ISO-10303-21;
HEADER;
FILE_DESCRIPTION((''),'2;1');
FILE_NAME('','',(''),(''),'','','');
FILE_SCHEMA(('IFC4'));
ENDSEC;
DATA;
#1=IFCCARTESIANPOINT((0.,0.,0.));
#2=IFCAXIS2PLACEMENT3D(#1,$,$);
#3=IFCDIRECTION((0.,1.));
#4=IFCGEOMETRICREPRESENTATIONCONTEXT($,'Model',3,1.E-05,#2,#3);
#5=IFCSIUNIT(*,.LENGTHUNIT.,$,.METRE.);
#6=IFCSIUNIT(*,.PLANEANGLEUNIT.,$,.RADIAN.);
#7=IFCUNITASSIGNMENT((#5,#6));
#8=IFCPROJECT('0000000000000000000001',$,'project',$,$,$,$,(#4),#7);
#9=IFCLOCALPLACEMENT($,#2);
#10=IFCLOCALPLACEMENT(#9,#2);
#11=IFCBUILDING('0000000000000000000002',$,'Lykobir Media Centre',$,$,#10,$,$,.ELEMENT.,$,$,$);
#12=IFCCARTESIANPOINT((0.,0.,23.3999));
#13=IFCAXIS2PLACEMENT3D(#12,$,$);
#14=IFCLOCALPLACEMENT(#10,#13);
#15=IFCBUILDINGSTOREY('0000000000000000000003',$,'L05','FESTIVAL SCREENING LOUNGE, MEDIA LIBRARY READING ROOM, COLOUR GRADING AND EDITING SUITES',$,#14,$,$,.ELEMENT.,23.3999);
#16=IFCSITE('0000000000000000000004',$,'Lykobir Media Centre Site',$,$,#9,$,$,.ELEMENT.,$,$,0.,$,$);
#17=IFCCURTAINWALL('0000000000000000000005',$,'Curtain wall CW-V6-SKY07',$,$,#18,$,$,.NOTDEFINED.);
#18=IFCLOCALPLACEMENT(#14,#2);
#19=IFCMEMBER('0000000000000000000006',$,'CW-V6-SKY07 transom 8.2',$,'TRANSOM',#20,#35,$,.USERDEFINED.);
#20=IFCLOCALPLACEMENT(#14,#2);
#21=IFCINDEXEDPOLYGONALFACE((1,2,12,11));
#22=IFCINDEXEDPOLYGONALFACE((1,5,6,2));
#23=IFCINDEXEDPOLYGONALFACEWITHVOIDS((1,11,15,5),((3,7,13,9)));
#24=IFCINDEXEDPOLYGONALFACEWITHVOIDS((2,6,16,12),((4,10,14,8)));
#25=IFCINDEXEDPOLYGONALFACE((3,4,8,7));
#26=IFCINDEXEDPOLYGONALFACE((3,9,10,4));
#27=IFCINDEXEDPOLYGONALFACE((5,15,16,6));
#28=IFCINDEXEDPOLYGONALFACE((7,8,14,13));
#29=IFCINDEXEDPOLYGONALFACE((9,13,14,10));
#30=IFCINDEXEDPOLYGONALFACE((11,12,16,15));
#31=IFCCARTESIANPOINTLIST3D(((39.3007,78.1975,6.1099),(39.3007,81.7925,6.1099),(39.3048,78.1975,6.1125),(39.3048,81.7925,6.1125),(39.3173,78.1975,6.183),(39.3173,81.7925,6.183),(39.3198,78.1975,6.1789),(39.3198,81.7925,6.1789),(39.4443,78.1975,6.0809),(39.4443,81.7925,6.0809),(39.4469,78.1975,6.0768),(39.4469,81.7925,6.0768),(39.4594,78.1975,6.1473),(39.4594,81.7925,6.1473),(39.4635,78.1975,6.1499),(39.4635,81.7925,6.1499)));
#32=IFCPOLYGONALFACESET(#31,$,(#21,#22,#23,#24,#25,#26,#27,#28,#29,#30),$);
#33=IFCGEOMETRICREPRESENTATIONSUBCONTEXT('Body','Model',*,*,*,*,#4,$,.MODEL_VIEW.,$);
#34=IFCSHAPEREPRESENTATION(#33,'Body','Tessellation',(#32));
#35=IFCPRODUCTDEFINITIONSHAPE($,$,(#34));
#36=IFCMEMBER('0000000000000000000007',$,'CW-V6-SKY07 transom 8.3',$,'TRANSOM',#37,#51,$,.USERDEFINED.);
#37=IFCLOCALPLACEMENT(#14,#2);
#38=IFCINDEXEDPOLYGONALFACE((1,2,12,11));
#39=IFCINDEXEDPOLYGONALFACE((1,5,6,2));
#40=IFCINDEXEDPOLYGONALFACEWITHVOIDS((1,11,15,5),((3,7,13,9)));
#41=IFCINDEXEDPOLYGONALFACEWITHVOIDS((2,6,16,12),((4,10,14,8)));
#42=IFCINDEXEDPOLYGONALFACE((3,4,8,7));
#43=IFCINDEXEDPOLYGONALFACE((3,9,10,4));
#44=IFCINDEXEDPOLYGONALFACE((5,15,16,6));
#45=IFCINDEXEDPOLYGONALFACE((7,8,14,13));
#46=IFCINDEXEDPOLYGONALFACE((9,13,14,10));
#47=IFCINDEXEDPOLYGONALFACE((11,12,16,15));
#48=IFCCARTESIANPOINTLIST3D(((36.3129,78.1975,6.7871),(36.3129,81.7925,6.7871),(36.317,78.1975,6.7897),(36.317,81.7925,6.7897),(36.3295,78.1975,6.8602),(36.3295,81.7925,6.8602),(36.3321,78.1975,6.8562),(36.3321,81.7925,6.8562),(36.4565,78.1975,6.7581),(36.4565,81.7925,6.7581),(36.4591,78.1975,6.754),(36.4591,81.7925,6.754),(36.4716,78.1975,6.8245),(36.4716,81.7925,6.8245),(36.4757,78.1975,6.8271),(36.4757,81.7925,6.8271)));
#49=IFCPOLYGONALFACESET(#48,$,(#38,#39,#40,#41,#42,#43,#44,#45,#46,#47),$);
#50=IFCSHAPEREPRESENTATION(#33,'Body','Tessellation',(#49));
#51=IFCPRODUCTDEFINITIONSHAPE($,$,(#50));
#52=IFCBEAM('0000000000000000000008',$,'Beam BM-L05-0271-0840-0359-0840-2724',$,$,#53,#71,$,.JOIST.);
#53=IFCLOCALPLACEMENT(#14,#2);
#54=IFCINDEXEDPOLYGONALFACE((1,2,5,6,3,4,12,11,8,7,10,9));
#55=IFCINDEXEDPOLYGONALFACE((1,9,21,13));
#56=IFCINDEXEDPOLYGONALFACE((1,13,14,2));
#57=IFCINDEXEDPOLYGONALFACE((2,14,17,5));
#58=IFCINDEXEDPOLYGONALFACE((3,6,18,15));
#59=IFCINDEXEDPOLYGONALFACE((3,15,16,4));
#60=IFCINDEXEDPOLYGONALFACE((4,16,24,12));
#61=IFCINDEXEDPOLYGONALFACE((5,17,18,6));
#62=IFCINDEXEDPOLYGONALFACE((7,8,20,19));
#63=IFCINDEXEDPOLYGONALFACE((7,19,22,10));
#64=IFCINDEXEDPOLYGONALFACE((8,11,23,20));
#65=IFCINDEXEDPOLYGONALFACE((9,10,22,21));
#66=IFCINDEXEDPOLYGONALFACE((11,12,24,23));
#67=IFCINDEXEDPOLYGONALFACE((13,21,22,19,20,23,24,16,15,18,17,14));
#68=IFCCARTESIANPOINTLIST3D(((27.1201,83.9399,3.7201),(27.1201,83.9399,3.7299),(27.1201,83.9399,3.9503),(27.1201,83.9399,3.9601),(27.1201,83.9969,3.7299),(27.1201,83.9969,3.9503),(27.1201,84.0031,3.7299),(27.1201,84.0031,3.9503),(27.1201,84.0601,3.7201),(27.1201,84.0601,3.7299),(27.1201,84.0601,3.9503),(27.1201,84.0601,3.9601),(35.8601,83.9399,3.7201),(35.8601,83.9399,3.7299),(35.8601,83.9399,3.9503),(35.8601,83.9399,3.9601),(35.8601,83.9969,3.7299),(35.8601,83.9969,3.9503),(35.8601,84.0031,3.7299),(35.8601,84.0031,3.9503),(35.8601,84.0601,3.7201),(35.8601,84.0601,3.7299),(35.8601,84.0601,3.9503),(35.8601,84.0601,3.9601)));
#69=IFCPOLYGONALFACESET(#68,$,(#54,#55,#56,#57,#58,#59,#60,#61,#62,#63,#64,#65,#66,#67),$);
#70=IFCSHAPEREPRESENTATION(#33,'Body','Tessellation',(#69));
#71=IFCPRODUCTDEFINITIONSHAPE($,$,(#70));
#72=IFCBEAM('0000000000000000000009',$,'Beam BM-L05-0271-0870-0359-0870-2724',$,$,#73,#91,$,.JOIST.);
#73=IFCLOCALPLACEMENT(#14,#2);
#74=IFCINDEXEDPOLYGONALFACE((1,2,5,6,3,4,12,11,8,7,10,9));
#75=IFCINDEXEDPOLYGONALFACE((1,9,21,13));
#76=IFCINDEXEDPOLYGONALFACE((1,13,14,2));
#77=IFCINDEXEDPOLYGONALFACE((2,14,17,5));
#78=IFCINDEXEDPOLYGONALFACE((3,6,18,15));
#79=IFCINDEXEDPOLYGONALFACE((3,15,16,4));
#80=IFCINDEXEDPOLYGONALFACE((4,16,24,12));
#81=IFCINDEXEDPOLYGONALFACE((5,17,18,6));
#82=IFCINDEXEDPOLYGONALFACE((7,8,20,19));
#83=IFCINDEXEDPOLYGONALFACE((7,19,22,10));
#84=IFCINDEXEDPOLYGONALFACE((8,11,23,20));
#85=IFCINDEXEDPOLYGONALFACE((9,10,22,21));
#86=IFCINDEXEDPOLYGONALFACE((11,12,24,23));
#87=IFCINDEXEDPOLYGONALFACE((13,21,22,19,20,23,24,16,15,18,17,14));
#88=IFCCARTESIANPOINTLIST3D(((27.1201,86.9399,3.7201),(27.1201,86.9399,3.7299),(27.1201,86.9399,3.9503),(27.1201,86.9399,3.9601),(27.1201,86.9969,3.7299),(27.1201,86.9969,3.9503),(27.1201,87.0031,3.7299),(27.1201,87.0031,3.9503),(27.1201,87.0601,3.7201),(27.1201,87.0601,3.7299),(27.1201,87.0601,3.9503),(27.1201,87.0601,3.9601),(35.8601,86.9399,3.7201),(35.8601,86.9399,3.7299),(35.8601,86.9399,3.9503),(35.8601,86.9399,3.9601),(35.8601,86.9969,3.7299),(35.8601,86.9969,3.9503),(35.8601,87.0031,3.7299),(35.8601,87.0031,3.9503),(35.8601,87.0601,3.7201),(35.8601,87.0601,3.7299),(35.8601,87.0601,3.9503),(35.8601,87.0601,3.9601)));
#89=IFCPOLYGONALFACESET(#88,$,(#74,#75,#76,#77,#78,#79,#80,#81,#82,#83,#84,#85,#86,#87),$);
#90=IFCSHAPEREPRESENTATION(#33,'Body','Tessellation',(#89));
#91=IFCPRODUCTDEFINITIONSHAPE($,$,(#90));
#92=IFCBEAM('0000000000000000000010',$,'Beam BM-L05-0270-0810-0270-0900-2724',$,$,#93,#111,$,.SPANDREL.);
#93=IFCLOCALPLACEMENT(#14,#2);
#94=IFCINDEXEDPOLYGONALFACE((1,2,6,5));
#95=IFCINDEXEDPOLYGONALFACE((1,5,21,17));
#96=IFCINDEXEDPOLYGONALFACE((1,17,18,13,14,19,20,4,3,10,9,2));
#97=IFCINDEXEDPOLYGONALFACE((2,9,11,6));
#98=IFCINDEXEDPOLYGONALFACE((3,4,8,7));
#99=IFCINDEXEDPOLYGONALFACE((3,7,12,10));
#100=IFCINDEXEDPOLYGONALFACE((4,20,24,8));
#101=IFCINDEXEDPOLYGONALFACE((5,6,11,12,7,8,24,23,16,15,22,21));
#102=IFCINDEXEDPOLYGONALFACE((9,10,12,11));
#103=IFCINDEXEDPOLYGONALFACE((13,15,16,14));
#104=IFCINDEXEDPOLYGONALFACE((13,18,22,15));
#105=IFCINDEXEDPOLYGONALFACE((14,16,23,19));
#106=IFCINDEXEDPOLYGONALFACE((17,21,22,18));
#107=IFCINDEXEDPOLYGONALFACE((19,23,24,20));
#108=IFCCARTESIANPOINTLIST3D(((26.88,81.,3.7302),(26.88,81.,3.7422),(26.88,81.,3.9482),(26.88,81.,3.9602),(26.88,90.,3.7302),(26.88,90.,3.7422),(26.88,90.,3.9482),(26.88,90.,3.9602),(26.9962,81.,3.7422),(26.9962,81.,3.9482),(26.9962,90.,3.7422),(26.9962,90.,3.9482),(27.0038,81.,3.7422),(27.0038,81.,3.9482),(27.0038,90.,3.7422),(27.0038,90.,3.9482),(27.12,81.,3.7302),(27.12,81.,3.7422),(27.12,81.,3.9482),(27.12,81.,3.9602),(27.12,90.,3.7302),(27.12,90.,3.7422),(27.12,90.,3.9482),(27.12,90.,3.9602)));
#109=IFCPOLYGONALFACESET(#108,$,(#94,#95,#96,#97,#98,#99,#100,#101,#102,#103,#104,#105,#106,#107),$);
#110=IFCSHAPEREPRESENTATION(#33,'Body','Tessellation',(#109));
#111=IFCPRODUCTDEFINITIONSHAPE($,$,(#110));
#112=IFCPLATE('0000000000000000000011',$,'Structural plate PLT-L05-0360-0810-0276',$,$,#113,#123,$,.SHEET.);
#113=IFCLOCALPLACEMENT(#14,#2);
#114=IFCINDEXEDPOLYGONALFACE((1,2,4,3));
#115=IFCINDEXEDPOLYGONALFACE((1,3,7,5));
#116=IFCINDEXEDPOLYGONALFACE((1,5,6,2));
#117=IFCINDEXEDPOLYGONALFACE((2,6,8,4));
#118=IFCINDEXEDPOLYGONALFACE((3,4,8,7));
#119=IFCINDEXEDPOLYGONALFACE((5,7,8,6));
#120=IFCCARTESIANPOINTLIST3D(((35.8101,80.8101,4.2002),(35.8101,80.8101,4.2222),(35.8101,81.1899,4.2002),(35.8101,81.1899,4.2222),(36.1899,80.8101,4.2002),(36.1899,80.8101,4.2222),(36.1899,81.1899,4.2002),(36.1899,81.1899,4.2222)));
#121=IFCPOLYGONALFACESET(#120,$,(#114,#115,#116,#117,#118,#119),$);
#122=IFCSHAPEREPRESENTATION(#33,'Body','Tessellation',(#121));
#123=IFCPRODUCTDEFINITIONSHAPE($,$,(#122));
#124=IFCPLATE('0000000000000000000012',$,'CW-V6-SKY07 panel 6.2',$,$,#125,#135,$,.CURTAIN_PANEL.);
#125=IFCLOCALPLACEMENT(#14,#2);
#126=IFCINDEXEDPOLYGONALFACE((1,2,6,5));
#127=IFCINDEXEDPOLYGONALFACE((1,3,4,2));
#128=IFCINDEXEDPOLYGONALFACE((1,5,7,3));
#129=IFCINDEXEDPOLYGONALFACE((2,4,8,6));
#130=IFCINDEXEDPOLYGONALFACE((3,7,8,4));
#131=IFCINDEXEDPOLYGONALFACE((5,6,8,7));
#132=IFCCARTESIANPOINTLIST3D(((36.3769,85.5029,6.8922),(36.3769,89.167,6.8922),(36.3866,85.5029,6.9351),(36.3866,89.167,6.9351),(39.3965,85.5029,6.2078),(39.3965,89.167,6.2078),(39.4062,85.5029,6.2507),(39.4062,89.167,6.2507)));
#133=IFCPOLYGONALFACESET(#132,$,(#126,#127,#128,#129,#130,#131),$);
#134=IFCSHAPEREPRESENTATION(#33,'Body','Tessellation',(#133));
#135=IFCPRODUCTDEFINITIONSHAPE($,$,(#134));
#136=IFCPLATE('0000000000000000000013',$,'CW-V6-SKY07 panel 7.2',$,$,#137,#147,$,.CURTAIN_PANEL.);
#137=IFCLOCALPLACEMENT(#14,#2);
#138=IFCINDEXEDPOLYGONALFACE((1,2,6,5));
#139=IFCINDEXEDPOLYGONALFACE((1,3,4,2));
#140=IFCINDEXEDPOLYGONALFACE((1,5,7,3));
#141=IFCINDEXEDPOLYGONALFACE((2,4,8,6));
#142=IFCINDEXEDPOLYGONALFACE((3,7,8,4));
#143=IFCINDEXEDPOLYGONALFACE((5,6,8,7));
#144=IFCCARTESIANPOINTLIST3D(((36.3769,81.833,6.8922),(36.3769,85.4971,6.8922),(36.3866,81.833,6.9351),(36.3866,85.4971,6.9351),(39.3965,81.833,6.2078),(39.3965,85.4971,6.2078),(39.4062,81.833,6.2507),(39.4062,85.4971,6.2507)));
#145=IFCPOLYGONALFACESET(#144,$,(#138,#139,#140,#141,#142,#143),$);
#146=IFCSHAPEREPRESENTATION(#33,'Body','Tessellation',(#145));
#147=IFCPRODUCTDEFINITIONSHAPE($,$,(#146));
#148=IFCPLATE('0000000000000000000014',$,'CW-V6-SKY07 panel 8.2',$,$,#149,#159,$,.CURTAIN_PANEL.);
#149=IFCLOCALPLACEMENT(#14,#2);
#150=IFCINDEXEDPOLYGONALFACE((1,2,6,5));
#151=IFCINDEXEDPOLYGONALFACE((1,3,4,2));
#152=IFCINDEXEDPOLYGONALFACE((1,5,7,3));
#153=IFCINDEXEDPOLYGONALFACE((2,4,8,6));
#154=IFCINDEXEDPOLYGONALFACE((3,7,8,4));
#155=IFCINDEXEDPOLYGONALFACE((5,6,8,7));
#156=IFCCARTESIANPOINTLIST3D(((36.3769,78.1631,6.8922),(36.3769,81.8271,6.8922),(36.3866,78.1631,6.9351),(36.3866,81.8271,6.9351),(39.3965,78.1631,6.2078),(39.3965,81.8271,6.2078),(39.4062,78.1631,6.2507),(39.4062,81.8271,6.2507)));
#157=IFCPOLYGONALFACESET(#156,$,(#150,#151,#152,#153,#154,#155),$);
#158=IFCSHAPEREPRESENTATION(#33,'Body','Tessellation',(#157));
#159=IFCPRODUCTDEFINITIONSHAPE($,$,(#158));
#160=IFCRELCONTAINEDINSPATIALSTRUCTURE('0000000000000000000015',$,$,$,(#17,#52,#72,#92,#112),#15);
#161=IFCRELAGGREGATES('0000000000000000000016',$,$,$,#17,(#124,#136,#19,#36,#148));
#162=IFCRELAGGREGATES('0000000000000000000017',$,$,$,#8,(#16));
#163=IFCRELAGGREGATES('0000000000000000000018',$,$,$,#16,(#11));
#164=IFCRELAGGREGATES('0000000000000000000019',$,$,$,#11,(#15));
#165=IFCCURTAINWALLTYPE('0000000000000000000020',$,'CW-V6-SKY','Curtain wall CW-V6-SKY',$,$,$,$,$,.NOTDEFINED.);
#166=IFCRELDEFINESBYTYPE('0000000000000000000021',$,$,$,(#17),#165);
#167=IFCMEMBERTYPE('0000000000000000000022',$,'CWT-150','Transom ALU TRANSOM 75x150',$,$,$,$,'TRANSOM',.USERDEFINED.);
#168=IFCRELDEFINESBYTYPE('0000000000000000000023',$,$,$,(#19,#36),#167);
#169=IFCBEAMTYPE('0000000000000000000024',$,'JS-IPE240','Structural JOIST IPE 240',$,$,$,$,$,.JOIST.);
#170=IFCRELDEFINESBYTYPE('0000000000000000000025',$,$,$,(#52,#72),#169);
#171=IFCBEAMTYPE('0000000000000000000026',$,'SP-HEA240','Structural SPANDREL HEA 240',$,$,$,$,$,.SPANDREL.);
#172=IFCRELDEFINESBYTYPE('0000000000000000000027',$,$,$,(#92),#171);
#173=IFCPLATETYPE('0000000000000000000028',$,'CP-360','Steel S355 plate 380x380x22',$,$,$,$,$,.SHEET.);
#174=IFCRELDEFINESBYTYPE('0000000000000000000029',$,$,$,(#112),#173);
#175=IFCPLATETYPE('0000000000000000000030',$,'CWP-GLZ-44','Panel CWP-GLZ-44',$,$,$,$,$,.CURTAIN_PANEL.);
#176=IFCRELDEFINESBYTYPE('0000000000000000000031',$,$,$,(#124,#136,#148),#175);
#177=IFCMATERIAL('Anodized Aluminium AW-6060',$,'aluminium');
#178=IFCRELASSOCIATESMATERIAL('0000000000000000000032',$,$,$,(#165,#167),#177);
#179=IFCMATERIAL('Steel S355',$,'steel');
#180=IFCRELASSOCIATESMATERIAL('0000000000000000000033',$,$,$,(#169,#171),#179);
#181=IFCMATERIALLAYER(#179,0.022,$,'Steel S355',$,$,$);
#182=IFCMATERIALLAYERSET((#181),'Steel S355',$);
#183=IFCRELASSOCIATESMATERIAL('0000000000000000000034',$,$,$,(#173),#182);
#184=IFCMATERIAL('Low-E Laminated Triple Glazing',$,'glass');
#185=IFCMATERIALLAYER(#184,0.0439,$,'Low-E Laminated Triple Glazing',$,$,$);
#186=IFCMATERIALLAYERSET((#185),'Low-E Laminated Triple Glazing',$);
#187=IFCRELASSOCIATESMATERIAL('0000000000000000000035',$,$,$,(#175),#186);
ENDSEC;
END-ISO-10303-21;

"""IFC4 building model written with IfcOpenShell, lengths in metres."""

from ifc_helpers import new_model, si_unit, direction, frame, origin, origin_2d, place, context, subcontext, project, spatial, rectangle, hollow_rectangle, i_section, extrude, material, layer, layer_set, material_profile, profile_set, type_object, element, aggregate, save


model = new_model("IFC4")

# Units and contexts
model_context = context("Model", 3, precision=1e-05, world=origin(), true_north=direction((0.0, 1.0)))
body_context = subcontext(model_context, "Body", "Model", "MODEL_VIEW")
ifc_project = project(units=[si_unit("LENGTHUNIT", "METRE"), si_unit("PLANEANGLEUNIT", "RADIAN")], contexts=[model_context])

# Site, building, storey
site_placement = place(None, origin())
site = spatial("IfcSite", under=ifc_project, at=site_placement, Name="Lykobir Media Centre Site", CompositionType="ELEMENT", RefElevation=0.0)
building_placement = place(site_placement, origin())
building = spatial("IfcBuilding", under=site, at=building_placement, Name="Lykobir Media Centre", CompositionType="ELEMENT")
storey_placement = place(building_placement, frame((0.0, 0.0, 23.3999)))
storey = spatial("IfcBuildingStorey", under=building, at=storey_placement, Name="L05", Description="FESTIVAL SCREENING LOUNGE, MEDIA LIBRARY READING ROOM, COLOUR GRADING AND EDITING SUITES", CompositionType="ELEMENT", Elevation=23.3999)

# Shared definitions
ifc_material_1 = material(Name="Steel S355", Category="steel")

# Curtain wall, members
ifc_material_2 = material(Name="Anodized Aluminium AW-6060", Category="aluminium")
curtain_wall_type = type_object("IfcCurtainWallType", Name="CW-V6-SKY", Description="Curtain wall CW-V6-SKY", PredefinedType="NOTDEFINED", material=ifc_material_2)
curtain_wall_placement = place(storey_placement, origin())
curtain_wall = element("IfcCurtainWall", 1, at=curtain_wall_placement, inside=storey, type_object=curtain_wall_type, Name="Curtain wall CW-V6-SKY07", PredefinedType="NOTDEFINED")
ifc_material_profile_1 = material_profile(ifc_material_2, hollow_rectangle(XDim=0.075, YDim=0.1499, WallThickness=0.0034, at=origin_2d()), Name="ALU TRANSOM 75x150")
ifc_profile_set_1 = profile_set([ifc_material_profile_1], Name="Anodized Aluminium AW-6060")
member_type = type_object("IfcMemberType", Name="CWT-150", Description="Transom ALU TRANSOM 75x150", ElementType="TRANSOM", PredefinedType="USERDEFINED", material=ifc_profile_set_1)
member_1_placement = place(storey_placement, frame((39.3821, 81.7925, 6.1299), z_axis=(0.0, -1.0, 0.0), x_axis=(0.221055, 0.0, 0.975261)))
member_1 = element("IfcMember", 2, at=member_1_placement, type_object=member_type, Name="CW-V6-SKY07 transom 8.2", ObjectType="TRANSOM", PredefinedType="USERDEFINED", context=body_context, shape_type="SweptSolid", body=[
    extrude(hollow_rectangle(XDim=0.075, YDim=0.1499, WallThickness=0.0034, at=origin_2d()), origin(), (0.0, 0.0, 1.0), 3.595),
])
member_2_placement = place(storey_placement, frame((36.3943, 81.7925, 6.8071), z_axis=(0.0, -1.0, 0.0), x_axis=(0.221055, 0.0, 0.975261)))
member_2 = element("IfcMember", 3, at=member_2_placement, type_object=member_type, Name="CW-V6-SKY07 transom 8.3", ObjectType="TRANSOM", PredefinedType="USERDEFINED", context=body_context, shape_type="SweptSolid", body=[
    extrude(hollow_rectangle(XDim=0.075, YDim=0.1499, WallThickness=0.0034, at=origin_2d()), origin(), (0.0, 0.0, 1.0), 3.595),
])

# Beams
ifc_material_profile_2 = material_profile(ifc_material_1, i_section(OverallWidth=0.1201, OverallDepth=0.24, WebThickness=0.0061, FlangeThickness=0.0098, at=origin_2d()), Name="IPE 240")
ifc_profile_set_2 = profile_set([ifc_material_profile_2], Name="Steel S355")
beam_type_1 = type_object("IfcBeamType", Name="JS-IPE240", Description="Structural JOIST IPE 240", PredefinedType="JOIST", material=ifc_profile_set_2)
for number, where, z_axis, x_axis, name in (
    (4, (27.1201, 84.0, 3.8401), (1.0, 0.0, 0.0), (0.0, 1.0, 0.0), "Beam BM-L05-0271-0840-0359-0840-2724"),
    (5, (27.1201, 87.0, 3.8401), (1.0, 0.0, 0.0), (0.0, 1.0, 0.0), "Beam BM-L05-0271-0870-0359-0870-2724"),
):
    element("IfcBeam", number, at=place(storey_placement, frame(where, z_axis=z_axis, x_axis=x_axis)), inside=storey, type_object=beam_type_1, Name=name, PredefinedType="JOIST", context=body_context, shape_type="SweptSolid", body=[
        extrude(i_section(OverallWidth=0.1201, OverallDepth=0.24, WebThickness=0.0061, FlangeThickness=0.0098, at=origin_2d()), origin(), (0.0, 0.0, 1.0), 8.74),
    ])
ifc_material_profile_3 = material_profile(ifc_material_1, i_section(OverallWidth=0.24, OverallDepth=0.23, WebThickness=0.0076, FlangeThickness=0.012, at=origin_2d()), Name="HEA 240")
ifc_profile_set_3 = profile_set([ifc_material_profile_3], Name="Steel S355")
beam_type_2 = type_object("IfcBeamType", Name="SP-HEA240", Description="Structural SPANDREL HEA 240", PredefinedType="SPANDREL", material=ifc_profile_set_3)
beam_1_placement = place(storey_placement, frame((27.0, 81.0, 3.8452), z_axis=(0.0, 1.0, 0.0), x_axis=(-1.0, 0.0, 0.0)))
element("IfcBeam", 6, at=beam_1_placement, inside=storey, type_object=beam_type_2, Name="Beam BM-L05-0270-0810-0270-0900-2724", PredefinedType="SPANDREL", context=body_context, shape_type="SweptSolid", body=[
    extrude(i_section(OverallWidth=0.24, OverallDepth=0.23, WebThickness=0.0076, FlangeThickness=0.012, at=origin_2d()), origin(), (0.0, 0.0, 1.0), 9.0),
])

# Plates
ifc_layer_1 = layer(ifc_material_1, 0.022, Name="Steel S355")
ifc_layer_set_1 = layer_set([ifc_layer_1], Name="Steel S355")
plate_type_1 = type_object("IfcPlateType", Name="CP-360", Description="Steel S355 plate 380x380x22", PredefinedType="SHEET", material=ifc_layer_set_1)
plate_1_placement = place(storey_placement, frame((36.0, 81.0, 4.2002), z_axis=(0.0, 0.0, 1.0), x_axis=(1.0, 0.0, 0.0)))
element("IfcPlate", 7, at=plate_1_placement, inside=storey, type_object=plate_type_1, Name="Structural plate PLT-L05-0360-0810-0276", PredefinedType="SHEET", context=body_context, shape_type="SweptSolid", body=[
    extrude(rectangle(XDim=0.3799, YDim=0.3799, at=origin_2d()), origin(), (0.0, 0.0, 1.0), 0.022),
])
ifc_material_3 = material(Name="Low-E Laminated Triple Glazing", Category="glass")
ifc_layer_2 = layer(ifc_material_3, 0.0439, Name="Low-E Laminated Triple Glazing")
ifc_layer_set_2 = layer_set([ifc_layer_2], Name="Low-E Laminated Triple Glazing")
plate_type_2 = type_object("IfcPlateType", Name="CWP-GLZ-44", Description="Panel CWP-GLZ-44", PredefinedType="CURTAIN_PANEL", material=ifc_layer_set_2)
plate_2_placement = place(storey_placement, frame((39.4014, 87.335, 6.2292), z_axis=(-0.975261, 0.0, 0.221055), x_axis=(0.0, -1.0, 0.0)))
plate_2 = element("IfcPlate", 8, at=plate_2_placement, type_object=plate_type_2, Name="CW-V6-SKY07 panel 6.2", PredefinedType="CURTAIN_PANEL", context=body_context, shape_type="SweptSolid", body=[
    extrude(rectangle(XDim=3.6641, YDim=0.0439, at=origin_2d()), origin(), (0.0, 0.0, 1.0), 3.0962),
])
plate_3_placement = place(storey_placement, frame((39.4014, 83.665, 6.2292), z_axis=(-0.975261, 0.0, 0.221055), x_axis=(0.0, -1.0, 0.0)))
plate_3 = element("IfcPlate", 9, at=plate_3_placement, type_object=plate_type_2, Name="CW-V6-SKY07 panel 7.2", PredefinedType="CURTAIN_PANEL", context=body_context, shape_type="SweptSolid", body=[
    extrude(rectangle(XDim=3.6641, YDim=0.0439, at=origin_2d()), origin(), (0.0, 0.0, 1.0), 3.0962),
])
plate_4_placement = place(storey_placement, frame((39.4014, 79.9951, 6.2292), z_axis=(-0.975261, 0.0, 0.221055), x_axis=(0.0, -1.0, 0.0)))
plate_4 = element("IfcPlate", 10, at=plate_4_placement, type_object=plate_type_2, Name="CW-V6-SKY07 panel 8.2", PredefinedType="CURTAIN_PANEL", context=body_context, shape_type="SweptSolid", body=[
    extrude(rectangle(XDim=3.6641, YDim=0.0439, at=origin_2d()), origin(), (0.0, 0.0, 1.0), 3.0962),
])
aggregate(curtain_wall, [plate_2, plate_3, member_1, member_2, plate_4])

save(model, "model.ifc")
